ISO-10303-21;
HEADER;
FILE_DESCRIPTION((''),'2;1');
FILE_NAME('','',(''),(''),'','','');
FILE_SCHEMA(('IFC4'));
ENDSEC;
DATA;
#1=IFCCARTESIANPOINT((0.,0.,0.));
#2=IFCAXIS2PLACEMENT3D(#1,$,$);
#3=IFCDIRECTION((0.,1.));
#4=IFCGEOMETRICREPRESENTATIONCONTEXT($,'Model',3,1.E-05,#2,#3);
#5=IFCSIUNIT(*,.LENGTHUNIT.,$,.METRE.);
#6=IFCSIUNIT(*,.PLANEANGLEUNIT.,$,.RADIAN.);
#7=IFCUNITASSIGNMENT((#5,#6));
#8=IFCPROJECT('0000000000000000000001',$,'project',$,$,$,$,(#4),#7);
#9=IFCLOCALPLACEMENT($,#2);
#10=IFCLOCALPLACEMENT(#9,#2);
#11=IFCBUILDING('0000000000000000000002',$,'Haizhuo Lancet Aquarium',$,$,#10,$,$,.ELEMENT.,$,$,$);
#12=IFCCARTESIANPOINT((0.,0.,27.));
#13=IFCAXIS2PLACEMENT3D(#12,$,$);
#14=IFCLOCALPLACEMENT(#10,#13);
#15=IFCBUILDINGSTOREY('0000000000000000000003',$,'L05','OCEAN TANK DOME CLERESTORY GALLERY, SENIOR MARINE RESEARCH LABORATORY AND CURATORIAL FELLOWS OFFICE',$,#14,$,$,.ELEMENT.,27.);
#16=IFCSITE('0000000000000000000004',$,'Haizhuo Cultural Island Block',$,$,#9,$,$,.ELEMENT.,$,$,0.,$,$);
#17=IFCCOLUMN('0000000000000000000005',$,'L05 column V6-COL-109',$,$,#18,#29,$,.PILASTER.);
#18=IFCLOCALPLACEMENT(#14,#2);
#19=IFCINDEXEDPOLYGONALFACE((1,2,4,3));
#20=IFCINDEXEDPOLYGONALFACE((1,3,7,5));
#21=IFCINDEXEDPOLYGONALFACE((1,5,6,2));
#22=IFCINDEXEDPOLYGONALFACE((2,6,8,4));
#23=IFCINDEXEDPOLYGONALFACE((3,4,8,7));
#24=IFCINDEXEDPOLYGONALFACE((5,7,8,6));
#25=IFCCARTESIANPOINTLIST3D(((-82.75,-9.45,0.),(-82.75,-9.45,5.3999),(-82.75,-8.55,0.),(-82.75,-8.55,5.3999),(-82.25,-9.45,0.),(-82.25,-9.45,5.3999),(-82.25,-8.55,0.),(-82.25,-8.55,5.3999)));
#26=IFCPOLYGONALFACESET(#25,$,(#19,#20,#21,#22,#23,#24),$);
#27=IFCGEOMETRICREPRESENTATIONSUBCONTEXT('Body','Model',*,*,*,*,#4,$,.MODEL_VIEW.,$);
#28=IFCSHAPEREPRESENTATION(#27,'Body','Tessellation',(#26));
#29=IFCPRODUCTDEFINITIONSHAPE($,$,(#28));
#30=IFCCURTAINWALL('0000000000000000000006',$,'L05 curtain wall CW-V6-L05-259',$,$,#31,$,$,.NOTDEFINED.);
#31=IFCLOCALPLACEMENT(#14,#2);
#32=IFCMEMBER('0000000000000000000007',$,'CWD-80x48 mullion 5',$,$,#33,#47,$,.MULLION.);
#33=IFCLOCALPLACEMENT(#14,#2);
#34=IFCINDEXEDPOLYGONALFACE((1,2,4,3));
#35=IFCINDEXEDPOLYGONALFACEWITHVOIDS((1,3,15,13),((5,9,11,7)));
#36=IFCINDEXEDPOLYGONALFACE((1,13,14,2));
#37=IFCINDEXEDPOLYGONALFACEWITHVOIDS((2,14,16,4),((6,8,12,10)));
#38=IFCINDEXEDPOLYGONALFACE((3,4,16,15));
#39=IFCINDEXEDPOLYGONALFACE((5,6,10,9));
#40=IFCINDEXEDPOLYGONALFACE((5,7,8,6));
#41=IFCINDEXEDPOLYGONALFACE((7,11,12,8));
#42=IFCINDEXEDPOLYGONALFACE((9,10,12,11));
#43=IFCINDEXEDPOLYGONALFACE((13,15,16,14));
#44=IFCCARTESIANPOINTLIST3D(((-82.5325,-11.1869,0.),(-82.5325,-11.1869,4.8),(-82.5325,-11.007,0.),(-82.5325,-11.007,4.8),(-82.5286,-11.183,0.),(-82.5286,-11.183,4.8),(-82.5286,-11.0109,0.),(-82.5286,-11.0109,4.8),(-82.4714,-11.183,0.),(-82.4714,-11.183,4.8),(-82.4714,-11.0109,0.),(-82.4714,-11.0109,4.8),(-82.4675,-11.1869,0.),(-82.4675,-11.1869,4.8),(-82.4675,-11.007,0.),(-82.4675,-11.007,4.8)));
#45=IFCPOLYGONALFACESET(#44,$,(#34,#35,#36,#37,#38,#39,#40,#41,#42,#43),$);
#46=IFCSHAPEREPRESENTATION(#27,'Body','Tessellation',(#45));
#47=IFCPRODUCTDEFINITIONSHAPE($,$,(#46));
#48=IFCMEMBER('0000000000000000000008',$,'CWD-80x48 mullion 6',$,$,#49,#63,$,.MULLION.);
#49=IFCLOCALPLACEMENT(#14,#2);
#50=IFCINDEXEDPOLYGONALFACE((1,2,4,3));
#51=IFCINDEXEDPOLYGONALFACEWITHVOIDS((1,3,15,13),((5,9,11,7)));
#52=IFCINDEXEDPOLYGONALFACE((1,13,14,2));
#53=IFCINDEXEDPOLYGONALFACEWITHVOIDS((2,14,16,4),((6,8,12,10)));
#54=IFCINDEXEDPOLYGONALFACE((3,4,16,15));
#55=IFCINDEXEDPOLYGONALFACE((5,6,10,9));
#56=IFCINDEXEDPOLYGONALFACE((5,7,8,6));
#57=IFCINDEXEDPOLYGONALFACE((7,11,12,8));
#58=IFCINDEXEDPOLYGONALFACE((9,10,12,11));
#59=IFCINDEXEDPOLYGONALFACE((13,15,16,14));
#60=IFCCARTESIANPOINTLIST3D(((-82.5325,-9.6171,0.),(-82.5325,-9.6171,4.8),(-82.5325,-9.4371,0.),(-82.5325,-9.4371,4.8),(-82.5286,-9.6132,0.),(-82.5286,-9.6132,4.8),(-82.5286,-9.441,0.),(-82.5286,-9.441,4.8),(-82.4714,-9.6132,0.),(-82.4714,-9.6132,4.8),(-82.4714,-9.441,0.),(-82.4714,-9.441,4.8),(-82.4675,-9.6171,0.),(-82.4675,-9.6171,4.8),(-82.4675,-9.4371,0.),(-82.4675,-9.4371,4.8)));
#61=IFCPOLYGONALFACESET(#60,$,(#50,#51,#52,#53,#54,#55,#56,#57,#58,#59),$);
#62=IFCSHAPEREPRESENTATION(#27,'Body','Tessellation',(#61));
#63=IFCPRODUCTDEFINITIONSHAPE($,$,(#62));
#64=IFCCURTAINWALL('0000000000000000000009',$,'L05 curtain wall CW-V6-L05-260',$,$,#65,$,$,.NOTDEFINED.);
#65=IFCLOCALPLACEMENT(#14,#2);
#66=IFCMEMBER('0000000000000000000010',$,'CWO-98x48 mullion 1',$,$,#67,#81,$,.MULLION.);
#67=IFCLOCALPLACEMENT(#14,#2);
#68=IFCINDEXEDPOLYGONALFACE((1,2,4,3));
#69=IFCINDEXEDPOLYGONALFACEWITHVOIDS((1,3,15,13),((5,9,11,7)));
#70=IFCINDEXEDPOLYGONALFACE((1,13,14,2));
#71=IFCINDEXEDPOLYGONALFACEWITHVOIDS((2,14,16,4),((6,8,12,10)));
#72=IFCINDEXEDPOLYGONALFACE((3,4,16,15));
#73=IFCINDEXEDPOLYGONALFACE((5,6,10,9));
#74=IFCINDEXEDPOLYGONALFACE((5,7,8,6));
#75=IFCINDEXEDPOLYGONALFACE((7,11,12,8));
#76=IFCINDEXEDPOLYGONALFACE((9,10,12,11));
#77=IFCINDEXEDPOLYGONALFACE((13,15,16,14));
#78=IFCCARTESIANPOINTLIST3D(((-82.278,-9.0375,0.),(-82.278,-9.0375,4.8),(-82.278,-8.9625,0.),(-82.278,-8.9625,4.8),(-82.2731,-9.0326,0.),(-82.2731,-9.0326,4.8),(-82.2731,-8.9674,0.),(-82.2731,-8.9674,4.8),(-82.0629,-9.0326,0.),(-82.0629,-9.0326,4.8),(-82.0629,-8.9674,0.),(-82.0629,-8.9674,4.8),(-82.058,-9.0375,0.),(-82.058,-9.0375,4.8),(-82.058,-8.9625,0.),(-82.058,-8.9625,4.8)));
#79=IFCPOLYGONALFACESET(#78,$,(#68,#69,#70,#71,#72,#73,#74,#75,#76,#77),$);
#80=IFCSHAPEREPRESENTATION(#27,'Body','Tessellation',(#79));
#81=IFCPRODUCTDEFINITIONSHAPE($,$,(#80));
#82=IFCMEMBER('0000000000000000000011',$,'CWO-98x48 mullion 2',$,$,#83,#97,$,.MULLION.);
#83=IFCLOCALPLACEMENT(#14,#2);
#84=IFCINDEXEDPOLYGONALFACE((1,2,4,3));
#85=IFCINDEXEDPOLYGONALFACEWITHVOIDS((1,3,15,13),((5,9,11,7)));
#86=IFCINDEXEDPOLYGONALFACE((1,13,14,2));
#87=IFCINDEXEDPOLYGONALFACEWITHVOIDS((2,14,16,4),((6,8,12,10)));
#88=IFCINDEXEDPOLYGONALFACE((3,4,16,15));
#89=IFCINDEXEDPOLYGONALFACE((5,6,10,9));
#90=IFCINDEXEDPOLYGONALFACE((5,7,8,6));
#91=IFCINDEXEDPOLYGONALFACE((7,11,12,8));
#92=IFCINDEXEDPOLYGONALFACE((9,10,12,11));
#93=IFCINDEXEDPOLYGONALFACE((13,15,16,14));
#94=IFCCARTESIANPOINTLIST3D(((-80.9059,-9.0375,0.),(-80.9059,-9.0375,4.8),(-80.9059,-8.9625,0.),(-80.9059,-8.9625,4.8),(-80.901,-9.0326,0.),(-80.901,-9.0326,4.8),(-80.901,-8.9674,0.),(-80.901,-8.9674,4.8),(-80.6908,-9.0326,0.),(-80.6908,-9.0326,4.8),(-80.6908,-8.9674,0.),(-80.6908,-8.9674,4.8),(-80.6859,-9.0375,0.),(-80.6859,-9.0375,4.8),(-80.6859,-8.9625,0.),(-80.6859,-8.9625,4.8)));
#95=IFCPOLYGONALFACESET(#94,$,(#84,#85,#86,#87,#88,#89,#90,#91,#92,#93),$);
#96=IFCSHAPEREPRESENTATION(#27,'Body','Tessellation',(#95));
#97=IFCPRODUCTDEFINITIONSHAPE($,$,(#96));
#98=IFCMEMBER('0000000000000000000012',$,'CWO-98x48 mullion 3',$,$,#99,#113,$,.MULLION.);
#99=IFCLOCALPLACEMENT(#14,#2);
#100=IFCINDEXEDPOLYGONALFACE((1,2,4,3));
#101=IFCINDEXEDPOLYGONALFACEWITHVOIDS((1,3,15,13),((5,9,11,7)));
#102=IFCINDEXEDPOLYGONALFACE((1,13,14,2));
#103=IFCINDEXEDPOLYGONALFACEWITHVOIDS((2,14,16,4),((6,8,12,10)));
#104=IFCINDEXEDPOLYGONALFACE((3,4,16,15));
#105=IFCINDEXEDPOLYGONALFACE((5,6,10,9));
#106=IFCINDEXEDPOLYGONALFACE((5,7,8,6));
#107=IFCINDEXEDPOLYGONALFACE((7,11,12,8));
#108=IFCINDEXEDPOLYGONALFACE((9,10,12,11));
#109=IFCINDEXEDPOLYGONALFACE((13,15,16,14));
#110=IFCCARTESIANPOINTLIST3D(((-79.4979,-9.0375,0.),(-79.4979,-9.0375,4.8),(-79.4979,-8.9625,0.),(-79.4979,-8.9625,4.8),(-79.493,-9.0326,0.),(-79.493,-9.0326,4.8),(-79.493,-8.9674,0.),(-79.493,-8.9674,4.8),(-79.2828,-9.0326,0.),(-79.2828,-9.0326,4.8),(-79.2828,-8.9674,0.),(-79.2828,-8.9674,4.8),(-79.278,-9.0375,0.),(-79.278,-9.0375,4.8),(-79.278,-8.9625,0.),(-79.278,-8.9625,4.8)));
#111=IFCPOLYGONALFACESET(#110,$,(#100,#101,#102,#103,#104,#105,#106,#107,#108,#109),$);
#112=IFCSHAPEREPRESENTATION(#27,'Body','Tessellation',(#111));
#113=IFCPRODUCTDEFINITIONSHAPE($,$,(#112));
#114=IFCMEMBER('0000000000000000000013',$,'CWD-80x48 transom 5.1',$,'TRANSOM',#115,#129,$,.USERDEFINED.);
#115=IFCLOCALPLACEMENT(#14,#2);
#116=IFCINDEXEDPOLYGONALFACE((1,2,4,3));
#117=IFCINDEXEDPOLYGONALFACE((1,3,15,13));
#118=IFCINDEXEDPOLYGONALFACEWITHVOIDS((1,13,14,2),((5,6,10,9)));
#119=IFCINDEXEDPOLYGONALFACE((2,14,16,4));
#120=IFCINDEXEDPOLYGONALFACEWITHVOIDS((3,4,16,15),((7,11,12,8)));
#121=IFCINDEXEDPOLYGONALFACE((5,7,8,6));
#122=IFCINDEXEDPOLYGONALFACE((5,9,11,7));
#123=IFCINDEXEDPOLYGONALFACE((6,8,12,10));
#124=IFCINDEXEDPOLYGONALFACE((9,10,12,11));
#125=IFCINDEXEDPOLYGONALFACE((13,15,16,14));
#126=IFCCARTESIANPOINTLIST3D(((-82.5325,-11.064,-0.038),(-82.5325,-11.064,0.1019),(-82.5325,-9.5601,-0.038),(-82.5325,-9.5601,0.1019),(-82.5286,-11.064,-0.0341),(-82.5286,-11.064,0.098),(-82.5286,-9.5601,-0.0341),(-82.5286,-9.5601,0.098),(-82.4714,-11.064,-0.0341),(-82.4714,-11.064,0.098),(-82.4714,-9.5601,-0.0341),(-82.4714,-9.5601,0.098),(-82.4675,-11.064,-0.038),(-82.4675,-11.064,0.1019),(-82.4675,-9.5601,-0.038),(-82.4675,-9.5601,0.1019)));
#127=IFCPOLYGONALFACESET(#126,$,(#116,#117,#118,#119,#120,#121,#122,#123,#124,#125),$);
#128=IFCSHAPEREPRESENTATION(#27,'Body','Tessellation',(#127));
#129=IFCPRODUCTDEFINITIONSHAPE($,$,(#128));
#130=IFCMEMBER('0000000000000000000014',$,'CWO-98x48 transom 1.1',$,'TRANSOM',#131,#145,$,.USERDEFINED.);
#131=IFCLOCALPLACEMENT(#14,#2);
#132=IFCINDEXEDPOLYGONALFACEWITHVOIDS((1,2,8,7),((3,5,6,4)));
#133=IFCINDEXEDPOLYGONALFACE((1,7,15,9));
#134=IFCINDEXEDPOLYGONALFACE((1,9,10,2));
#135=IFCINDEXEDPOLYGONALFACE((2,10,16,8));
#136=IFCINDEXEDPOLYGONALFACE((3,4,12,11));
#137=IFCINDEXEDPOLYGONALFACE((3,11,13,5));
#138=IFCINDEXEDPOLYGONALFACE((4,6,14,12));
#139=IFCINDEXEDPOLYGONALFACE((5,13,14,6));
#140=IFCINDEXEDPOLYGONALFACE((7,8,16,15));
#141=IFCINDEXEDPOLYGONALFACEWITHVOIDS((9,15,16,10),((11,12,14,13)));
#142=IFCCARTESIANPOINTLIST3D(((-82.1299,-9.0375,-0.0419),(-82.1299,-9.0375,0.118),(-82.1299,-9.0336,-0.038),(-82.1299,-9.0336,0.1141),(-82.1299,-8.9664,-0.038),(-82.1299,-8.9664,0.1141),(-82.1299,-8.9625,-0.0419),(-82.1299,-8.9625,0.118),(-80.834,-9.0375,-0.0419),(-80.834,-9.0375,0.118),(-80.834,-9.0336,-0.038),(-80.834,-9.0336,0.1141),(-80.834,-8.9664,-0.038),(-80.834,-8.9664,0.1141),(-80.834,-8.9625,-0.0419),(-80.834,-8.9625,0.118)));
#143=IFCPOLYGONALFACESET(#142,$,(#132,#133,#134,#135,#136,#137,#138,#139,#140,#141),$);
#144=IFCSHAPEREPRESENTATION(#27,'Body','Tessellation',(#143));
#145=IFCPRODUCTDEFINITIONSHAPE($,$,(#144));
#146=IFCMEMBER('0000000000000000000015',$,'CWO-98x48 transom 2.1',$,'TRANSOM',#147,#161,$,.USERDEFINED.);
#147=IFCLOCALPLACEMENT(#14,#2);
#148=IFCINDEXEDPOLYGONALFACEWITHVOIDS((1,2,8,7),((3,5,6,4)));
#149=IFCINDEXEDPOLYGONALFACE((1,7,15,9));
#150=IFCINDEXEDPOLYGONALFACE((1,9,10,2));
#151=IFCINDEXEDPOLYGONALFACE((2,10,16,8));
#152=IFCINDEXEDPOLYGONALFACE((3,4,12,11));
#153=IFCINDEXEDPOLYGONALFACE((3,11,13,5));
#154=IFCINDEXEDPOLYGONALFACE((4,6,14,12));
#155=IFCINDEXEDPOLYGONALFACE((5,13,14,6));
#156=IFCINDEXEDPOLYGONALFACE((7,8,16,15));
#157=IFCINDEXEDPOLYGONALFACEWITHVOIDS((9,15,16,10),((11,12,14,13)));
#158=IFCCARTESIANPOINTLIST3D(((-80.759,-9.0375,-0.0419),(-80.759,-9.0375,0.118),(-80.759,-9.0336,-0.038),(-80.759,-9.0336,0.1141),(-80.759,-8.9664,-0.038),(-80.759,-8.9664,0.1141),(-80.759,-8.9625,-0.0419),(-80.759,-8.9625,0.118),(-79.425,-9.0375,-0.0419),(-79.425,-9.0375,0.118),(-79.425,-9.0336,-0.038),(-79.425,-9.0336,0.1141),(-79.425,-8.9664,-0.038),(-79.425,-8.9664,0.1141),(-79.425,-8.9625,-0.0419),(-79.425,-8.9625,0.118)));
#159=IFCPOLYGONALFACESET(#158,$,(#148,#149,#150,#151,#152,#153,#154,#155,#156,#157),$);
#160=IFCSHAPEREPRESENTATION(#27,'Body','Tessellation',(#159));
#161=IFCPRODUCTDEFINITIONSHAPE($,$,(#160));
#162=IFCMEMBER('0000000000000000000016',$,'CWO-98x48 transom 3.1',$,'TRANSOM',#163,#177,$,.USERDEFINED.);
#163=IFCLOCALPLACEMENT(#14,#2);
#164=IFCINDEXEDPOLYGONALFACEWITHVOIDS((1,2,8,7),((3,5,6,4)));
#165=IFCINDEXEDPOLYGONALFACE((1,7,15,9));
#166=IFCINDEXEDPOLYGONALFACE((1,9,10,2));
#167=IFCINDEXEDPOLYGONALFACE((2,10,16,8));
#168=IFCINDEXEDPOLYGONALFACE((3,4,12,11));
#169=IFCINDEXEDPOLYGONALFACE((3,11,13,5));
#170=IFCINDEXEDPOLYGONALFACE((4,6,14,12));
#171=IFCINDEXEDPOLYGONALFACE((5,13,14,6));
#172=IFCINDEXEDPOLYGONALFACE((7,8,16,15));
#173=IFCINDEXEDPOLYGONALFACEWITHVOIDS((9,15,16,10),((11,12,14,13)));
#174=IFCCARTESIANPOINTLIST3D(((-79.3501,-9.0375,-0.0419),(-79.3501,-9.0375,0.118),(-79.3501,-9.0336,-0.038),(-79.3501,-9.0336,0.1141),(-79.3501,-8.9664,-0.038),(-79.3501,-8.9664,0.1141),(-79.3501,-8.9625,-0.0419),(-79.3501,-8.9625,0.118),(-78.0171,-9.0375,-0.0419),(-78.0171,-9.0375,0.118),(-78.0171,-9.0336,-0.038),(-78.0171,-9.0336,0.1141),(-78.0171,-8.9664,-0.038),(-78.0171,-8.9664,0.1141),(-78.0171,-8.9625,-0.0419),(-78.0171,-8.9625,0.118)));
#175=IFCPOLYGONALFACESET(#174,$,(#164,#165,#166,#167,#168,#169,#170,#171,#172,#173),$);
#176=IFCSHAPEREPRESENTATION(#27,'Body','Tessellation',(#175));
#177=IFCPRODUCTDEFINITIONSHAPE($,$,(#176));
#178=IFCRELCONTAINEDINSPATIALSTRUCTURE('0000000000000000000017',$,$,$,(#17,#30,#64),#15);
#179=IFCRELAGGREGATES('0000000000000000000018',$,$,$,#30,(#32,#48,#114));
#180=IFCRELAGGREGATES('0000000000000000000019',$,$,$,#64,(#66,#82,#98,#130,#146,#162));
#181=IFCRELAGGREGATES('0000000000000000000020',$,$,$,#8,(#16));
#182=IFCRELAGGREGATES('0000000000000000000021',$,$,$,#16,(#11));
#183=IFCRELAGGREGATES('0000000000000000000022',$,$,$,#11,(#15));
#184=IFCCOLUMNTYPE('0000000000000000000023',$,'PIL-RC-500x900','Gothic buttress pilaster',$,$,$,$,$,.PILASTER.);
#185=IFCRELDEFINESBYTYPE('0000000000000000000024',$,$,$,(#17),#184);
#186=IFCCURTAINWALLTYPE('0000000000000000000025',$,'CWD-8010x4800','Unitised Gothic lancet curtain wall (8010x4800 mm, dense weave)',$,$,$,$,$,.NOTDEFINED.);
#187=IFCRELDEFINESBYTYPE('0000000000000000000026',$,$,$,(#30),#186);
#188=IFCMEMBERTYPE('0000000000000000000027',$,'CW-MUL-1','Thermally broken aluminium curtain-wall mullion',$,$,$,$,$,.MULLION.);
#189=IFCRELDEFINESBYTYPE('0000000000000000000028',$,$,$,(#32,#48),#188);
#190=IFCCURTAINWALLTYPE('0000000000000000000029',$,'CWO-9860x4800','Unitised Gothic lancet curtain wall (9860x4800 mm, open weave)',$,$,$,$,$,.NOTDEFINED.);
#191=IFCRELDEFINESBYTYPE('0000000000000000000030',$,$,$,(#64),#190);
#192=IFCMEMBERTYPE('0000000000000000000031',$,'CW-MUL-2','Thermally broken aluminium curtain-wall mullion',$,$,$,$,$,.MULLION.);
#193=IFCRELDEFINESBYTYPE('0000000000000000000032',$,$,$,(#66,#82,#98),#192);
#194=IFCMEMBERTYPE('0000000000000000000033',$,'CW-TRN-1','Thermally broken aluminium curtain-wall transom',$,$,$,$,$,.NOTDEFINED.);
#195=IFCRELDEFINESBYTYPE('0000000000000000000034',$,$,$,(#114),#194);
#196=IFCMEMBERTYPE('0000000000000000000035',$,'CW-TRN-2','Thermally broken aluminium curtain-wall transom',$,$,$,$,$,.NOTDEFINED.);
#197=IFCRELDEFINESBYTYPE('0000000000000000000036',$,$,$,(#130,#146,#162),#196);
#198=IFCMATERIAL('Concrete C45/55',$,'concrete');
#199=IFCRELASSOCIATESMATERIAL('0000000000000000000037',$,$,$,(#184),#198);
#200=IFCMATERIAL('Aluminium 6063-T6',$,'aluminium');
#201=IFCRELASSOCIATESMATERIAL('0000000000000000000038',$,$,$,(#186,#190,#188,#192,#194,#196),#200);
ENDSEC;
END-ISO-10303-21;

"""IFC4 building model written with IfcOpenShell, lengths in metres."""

from ifc_helpers import new_model, si_unit, direction, frame, origin, origin_2d, place, context, subcontext, project, spatial, rectangle, hollow_rectangle, extrude, material, material_profile, profile_set, type_object, element, aggregate, save


model = new_model("IFC4")

# Units and contexts
model_context = context("Model", 3, precision=1e-05, world=origin(), true_north=direction((0.0, 1.0)))
body_context = subcontext(model_context, "Body", "Model", "MODEL_VIEW")
ifc_project = project(units=[si_unit("LENGTHUNIT", "METRE"), si_unit("PLANEANGLEUNIT", "RADIAN")], contexts=[model_context])

# Site, building, storey
site_placement = place(None, origin())
site = spatial("IfcSite", under=ifc_project, at=site_placement, Name="Haizhuo Cultural Island Block", CompositionType="ELEMENT", RefElevation=0.0)
building_placement = place(site_placement, origin())
building = spatial("IfcBuilding", under=site, at=building_placement, Name="Haizhuo Lancet Aquarium", CompositionType="ELEMENT")
storey_placement = place(building_placement, frame((0.0, 0.0, 27.0)))
storey = spatial("IfcBuildingStorey", under=building, at=storey_placement, Name="L05", Description="OCEAN TANK DOME CLERESTORY GALLERY, SENIOR MARINE RESEARCH LABORATORY AND CURATORIAL FELLOWS OFFICE", CompositionType="ELEMENT", Elevation=27.0)

# Column
ifc_material_1 = material(Name="Concrete C45/55", Category="concrete")
ifc_material_profile_1 = material_profile(ifc_material_1, rectangle(XDim=0.5, YDim=0.8999, at=origin_2d()), Name="RC-PIL 500x900")
ifc_profile_set_1 = profile_set([ifc_material_profile_1], Name="Concrete C45/55")
column_type = type_object("IfcColumnType", Name="PIL-RC-500x900", Description="Gothic buttress pilaster", PredefinedType="PILASTER", material=ifc_profile_set_1)
column_placement = place(storey_placement, frame((-82.5, -9.0, 0.0), z_axis=(0.0, 0.0, 1.0), x_axis=(1.0, 0.0, 0.0)))
element("IfcColumn", 1, at=column_placement, inside=storey, type_object=column_type, Name="L05 column V6-COL-109", PredefinedType="PILASTER", context=body_context, shape_type="SweptSolid", body=[
    extrude(rectangle(XDim=0.5, YDim=0.8999, at=origin_2d()), origin(), (0.0, 0.0, 1.0), 5.3999),
])

# Curtain walls, members
ifc_material_2 = material(Name="Aluminium 6063-T6", Category="aluminium")
curtain_wall_type_1 = type_object("IfcCurtainWallType", Name="CWD-8010x4800", Description="Unitised Gothic lancet curtain wall (8010x4800 mm, dense weave)", PredefinedType="NOTDEFINED", material=ifc_material_2)
curtain_wall_1_placement = place(storey_placement, origin())
curtain_wall_1 = element("IfcCurtainWall", 2, at=curtain_wall_1_placement, inside=storey, type_object=curtain_wall_type_1, Name="L05 curtain wall CW-V6-L05-259", PredefinedType="NOTDEFINED")
ifc_material_profile_2 = material_profile(ifc_material_2, hollow_rectangle(XDim=0.0649, YDim=0.1799, WallThickness=0.0039, at=origin_2d()), Name="ALU-M 65x180x4")
ifc_profile_set_2 = profile_set([ifc_material_profile_2], Name="Aluminium 6063-T6")
member_type_1 = type_object("IfcMemberType", Name="CW-MUL-1", Description="Thermally broken aluminium curtain-wall mullion", PredefinedType="MULLION", material=ifc_profile_set_2)
member_1_placement = place(storey_placement, frame((-82.5, -11.0969, 0.0), z_axis=(0.0, 0.0, 1.0), x_axis=(-1.0, 0.0, 0.0)))
member_1 = element("IfcMember", 3, at=member_1_placement, type_object=member_type_1, Name="CWD-80x48 mullion 5", PredefinedType="MULLION", context=body_context, shape_type="SweptSolid", body=[
    extrude(hollow_rectangle(XDim=0.0649, YDim=0.1799, WallThickness=0.0039, at=origin_2d()), origin(), (0.0, 0.0, 1.0), 4.8),
])
member_2_placement = place(storey_placement, frame((-82.5, -9.5271, 0.0), z_axis=(0.0, 0.0, 1.0), x_axis=(-1.0, 0.0, 0.0)))
member_2 = element("IfcMember", 4, at=member_2_placement, type_object=member_type_1, Name="CWD-80x48 mullion 6", PredefinedType="MULLION", context=body_context, shape_type="SweptSolid", body=[
    extrude(hollow_rectangle(XDim=0.0649, YDim=0.1799, WallThickness=0.0039, at=origin_2d()), origin(), (0.0, 0.0, 1.0), 4.8),
])
curtain_wall_type_2 = type_object("IfcCurtainWallType", Name="CWO-9860x4800", Description="Unitised Gothic lancet curtain wall (9860x4800 mm, open weave)", PredefinedType="NOTDEFINED", material=ifc_material_2)
curtain_wall_2_placement = place(storey_placement, origin())
curtain_wall_2 = element("IfcCurtainWall", 5, at=curtain_wall_2_placement, inside=storey, type_object=curtain_wall_type_2, Name="L05 curtain wall CW-V6-L05-260", PredefinedType="NOTDEFINED")
ifc_material_profile_3 = material_profile(ifc_material_2, hollow_rectangle(XDim=0.075, YDim=0.22, WallThickness=0.0049, at=origin_2d()), Name="ALU-M 75x220x5")
ifc_profile_set_3 = profile_set([ifc_material_profile_3], Name="Aluminium 6063-T6")
member_type_2 = type_object("IfcMemberType", Name="CW-MUL-2", Description="Thermally broken aluminium curtain-wall mullion", PredefinedType="MULLION", material=ifc_profile_set_3)
member_3_placement = place(storey_placement, frame((-82.168, -9.0, 0.0), z_axis=(0.0, 0.0, 1.0), x_axis=(0.0, 1.0, 0.0)))
member_3 = element("IfcMember", 6, at=member_3_placement, type_object=member_type_2, Name="CWO-98x48 mullion 1", PredefinedType="MULLION", context=body_context, shape_type="SweptSolid", body=[
    extrude(hollow_rectangle(XDim=0.075, YDim=0.22, WallThickness=0.0049, at=origin_2d()), origin(), (0.0, 0.0, 1.0), 4.8),
])
member_4_placement = place(storey_placement, frame((-80.7959, -9.0, 0.0), z_axis=(0.0, 0.0, 1.0), x_axis=(0.0, 1.0, 0.0)))
member_4 = element("IfcMember", 7, at=member_4_placement, type_object=member_type_2, Name="CWO-98x48 mullion 2", PredefinedType="MULLION", context=body_context, shape_type="SweptSolid", body=[
    extrude(hollow_rectangle(XDim=0.075, YDim=0.22, WallThickness=0.0049, at=origin_2d()), origin(), (0.0, 0.0, 1.0), 4.8),
])
member_5_placement = place(storey_placement, frame((-79.3879, -9.0, 0.0), z_axis=(0.0, 0.0, 1.0), x_axis=(0.0, 1.0, 0.0)))
member_5 = element("IfcMember", 8, at=member_5_placement, type_object=member_type_2, Name="CWO-98x48 mullion 3", PredefinedType="MULLION", context=body_context, shape_type="SweptSolid", body=[
    extrude(hollow_rectangle(XDim=0.075, YDim=0.22, WallThickness=0.0049, at=origin_2d()), origin(), (0.0, 0.0, 1.0), 4.8),
])

# Members
ifc_material_profile_4 = material_profile(ifc_material_2, hollow_rectangle(XDim=0.0649, YDim=0.1399, WallThickness=0.0039, at=origin_2d()), Name="ALU-T 65x140x4")
ifc_profile_set_4 = profile_set([ifc_material_profile_4], Name="Aluminium 6063-T6")
member_type_3 = type_object("IfcMemberType", Name="CW-TRN-1", Description="Thermally broken aluminium curtain-wall transom", PredefinedType="NOTDEFINED", material=ifc_profile_set_4)
member_6_placement = place(storey_placement, frame((-82.5, -11.064, 0.032), z_axis=(0.0, 1.0, 0.0), x_axis=(-1.0, 0.0, 0.0)))
member_6 = element("IfcMember", 9, at=member_6_placement, type_object=member_type_3, Name="CWD-80x48 transom 5.1", ObjectType="TRANSOM", PredefinedType="USERDEFINED", context=body_context, shape_type="SweptSolid", body=[
    extrude(hollow_rectangle(XDim=0.0649, YDim=0.1399, WallThickness=0.0039, at=origin_2d()), origin(), (0.0, 0.0, 1.0), 1.5039),
])
ifc_material_profile_5 = material_profile(ifc_material_2, hollow_rectangle(XDim=0.075, YDim=0.1599, WallThickness=0.0039, at=origin_2d()), Name="ALU-T 75x160x4")
ifc_profile_set_5 = profile_set([ifc_material_profile_5], Name="Aluminium 6063-T6")
member_type_4 = type_object("IfcMemberType", Name="CW-TRN-2", Description="Thermally broken aluminium curtain-wall transom", PredefinedType="NOTDEFINED", material=ifc_profile_set_5)
member_7_placement = place(storey_placement, frame((-82.1299, -9.0, 0.0381), z_axis=(1.0, 0.0, 0.0), x_axis=(0.0, 1.0, 0.0)))
member_7 = element("IfcMember", 10, at=member_7_placement, type_object=member_type_4, Name="CWO-98x48 transom 1.1", ObjectType="TRANSOM", PredefinedType="USERDEFINED", context=body_context, shape_type="SweptSolid", body=[
    extrude(hollow_rectangle(XDim=0.075, YDim=0.1599, WallThickness=0.0039, at=origin_2d()), origin(), (0.0, 0.0, 1.0), 1.2959),
])
member_8_placement = place(storey_placement, frame((-80.759, -9.0, 0.0381), z_axis=(1.0, 0.0, 0.0), x_axis=(0.0, 1.0, 0.0)))
member_8 = element("IfcMember", 11, at=member_8_placement, type_object=member_type_4, Name="CWO-98x48 transom 2.1", ObjectType="TRANSOM", PredefinedType="USERDEFINED", context=body_context, shape_type="SweptSolid", body=[
    extrude(hollow_rectangle(XDim=0.075, YDim=0.1599, WallThickness=0.0039, at=origin_2d()), origin(), (0.0, 0.0, 1.0), 1.334),
])
member_9_placement = place(storey_placement, frame((-79.3501, -9.0, 0.0381), z_axis=(1.0, 0.0, 0.0), x_axis=(0.0, 1.0, 0.0)))
member_9 = element("IfcMember", 12, at=member_9_placement, type_object=member_type_4, Name="CWO-98x48 transom 3.1", ObjectType="TRANSOM", PredefinedType="USERDEFINED", context=body_context, shape_type="SweptSolid", body=[
    extrude(hollow_rectangle(XDim=0.075, YDim=0.1599, WallThickness=0.0039, at=origin_2d()), origin(), (0.0, 0.0, 1.0), 1.333),
])

aggregate(curtain_wall_1, [member_1, member_2, member_6])
aggregate(curtain_wall_2, [member_3, member_4, member_5, member_7, member_8, member_9])

save(model, "model.ifc")
